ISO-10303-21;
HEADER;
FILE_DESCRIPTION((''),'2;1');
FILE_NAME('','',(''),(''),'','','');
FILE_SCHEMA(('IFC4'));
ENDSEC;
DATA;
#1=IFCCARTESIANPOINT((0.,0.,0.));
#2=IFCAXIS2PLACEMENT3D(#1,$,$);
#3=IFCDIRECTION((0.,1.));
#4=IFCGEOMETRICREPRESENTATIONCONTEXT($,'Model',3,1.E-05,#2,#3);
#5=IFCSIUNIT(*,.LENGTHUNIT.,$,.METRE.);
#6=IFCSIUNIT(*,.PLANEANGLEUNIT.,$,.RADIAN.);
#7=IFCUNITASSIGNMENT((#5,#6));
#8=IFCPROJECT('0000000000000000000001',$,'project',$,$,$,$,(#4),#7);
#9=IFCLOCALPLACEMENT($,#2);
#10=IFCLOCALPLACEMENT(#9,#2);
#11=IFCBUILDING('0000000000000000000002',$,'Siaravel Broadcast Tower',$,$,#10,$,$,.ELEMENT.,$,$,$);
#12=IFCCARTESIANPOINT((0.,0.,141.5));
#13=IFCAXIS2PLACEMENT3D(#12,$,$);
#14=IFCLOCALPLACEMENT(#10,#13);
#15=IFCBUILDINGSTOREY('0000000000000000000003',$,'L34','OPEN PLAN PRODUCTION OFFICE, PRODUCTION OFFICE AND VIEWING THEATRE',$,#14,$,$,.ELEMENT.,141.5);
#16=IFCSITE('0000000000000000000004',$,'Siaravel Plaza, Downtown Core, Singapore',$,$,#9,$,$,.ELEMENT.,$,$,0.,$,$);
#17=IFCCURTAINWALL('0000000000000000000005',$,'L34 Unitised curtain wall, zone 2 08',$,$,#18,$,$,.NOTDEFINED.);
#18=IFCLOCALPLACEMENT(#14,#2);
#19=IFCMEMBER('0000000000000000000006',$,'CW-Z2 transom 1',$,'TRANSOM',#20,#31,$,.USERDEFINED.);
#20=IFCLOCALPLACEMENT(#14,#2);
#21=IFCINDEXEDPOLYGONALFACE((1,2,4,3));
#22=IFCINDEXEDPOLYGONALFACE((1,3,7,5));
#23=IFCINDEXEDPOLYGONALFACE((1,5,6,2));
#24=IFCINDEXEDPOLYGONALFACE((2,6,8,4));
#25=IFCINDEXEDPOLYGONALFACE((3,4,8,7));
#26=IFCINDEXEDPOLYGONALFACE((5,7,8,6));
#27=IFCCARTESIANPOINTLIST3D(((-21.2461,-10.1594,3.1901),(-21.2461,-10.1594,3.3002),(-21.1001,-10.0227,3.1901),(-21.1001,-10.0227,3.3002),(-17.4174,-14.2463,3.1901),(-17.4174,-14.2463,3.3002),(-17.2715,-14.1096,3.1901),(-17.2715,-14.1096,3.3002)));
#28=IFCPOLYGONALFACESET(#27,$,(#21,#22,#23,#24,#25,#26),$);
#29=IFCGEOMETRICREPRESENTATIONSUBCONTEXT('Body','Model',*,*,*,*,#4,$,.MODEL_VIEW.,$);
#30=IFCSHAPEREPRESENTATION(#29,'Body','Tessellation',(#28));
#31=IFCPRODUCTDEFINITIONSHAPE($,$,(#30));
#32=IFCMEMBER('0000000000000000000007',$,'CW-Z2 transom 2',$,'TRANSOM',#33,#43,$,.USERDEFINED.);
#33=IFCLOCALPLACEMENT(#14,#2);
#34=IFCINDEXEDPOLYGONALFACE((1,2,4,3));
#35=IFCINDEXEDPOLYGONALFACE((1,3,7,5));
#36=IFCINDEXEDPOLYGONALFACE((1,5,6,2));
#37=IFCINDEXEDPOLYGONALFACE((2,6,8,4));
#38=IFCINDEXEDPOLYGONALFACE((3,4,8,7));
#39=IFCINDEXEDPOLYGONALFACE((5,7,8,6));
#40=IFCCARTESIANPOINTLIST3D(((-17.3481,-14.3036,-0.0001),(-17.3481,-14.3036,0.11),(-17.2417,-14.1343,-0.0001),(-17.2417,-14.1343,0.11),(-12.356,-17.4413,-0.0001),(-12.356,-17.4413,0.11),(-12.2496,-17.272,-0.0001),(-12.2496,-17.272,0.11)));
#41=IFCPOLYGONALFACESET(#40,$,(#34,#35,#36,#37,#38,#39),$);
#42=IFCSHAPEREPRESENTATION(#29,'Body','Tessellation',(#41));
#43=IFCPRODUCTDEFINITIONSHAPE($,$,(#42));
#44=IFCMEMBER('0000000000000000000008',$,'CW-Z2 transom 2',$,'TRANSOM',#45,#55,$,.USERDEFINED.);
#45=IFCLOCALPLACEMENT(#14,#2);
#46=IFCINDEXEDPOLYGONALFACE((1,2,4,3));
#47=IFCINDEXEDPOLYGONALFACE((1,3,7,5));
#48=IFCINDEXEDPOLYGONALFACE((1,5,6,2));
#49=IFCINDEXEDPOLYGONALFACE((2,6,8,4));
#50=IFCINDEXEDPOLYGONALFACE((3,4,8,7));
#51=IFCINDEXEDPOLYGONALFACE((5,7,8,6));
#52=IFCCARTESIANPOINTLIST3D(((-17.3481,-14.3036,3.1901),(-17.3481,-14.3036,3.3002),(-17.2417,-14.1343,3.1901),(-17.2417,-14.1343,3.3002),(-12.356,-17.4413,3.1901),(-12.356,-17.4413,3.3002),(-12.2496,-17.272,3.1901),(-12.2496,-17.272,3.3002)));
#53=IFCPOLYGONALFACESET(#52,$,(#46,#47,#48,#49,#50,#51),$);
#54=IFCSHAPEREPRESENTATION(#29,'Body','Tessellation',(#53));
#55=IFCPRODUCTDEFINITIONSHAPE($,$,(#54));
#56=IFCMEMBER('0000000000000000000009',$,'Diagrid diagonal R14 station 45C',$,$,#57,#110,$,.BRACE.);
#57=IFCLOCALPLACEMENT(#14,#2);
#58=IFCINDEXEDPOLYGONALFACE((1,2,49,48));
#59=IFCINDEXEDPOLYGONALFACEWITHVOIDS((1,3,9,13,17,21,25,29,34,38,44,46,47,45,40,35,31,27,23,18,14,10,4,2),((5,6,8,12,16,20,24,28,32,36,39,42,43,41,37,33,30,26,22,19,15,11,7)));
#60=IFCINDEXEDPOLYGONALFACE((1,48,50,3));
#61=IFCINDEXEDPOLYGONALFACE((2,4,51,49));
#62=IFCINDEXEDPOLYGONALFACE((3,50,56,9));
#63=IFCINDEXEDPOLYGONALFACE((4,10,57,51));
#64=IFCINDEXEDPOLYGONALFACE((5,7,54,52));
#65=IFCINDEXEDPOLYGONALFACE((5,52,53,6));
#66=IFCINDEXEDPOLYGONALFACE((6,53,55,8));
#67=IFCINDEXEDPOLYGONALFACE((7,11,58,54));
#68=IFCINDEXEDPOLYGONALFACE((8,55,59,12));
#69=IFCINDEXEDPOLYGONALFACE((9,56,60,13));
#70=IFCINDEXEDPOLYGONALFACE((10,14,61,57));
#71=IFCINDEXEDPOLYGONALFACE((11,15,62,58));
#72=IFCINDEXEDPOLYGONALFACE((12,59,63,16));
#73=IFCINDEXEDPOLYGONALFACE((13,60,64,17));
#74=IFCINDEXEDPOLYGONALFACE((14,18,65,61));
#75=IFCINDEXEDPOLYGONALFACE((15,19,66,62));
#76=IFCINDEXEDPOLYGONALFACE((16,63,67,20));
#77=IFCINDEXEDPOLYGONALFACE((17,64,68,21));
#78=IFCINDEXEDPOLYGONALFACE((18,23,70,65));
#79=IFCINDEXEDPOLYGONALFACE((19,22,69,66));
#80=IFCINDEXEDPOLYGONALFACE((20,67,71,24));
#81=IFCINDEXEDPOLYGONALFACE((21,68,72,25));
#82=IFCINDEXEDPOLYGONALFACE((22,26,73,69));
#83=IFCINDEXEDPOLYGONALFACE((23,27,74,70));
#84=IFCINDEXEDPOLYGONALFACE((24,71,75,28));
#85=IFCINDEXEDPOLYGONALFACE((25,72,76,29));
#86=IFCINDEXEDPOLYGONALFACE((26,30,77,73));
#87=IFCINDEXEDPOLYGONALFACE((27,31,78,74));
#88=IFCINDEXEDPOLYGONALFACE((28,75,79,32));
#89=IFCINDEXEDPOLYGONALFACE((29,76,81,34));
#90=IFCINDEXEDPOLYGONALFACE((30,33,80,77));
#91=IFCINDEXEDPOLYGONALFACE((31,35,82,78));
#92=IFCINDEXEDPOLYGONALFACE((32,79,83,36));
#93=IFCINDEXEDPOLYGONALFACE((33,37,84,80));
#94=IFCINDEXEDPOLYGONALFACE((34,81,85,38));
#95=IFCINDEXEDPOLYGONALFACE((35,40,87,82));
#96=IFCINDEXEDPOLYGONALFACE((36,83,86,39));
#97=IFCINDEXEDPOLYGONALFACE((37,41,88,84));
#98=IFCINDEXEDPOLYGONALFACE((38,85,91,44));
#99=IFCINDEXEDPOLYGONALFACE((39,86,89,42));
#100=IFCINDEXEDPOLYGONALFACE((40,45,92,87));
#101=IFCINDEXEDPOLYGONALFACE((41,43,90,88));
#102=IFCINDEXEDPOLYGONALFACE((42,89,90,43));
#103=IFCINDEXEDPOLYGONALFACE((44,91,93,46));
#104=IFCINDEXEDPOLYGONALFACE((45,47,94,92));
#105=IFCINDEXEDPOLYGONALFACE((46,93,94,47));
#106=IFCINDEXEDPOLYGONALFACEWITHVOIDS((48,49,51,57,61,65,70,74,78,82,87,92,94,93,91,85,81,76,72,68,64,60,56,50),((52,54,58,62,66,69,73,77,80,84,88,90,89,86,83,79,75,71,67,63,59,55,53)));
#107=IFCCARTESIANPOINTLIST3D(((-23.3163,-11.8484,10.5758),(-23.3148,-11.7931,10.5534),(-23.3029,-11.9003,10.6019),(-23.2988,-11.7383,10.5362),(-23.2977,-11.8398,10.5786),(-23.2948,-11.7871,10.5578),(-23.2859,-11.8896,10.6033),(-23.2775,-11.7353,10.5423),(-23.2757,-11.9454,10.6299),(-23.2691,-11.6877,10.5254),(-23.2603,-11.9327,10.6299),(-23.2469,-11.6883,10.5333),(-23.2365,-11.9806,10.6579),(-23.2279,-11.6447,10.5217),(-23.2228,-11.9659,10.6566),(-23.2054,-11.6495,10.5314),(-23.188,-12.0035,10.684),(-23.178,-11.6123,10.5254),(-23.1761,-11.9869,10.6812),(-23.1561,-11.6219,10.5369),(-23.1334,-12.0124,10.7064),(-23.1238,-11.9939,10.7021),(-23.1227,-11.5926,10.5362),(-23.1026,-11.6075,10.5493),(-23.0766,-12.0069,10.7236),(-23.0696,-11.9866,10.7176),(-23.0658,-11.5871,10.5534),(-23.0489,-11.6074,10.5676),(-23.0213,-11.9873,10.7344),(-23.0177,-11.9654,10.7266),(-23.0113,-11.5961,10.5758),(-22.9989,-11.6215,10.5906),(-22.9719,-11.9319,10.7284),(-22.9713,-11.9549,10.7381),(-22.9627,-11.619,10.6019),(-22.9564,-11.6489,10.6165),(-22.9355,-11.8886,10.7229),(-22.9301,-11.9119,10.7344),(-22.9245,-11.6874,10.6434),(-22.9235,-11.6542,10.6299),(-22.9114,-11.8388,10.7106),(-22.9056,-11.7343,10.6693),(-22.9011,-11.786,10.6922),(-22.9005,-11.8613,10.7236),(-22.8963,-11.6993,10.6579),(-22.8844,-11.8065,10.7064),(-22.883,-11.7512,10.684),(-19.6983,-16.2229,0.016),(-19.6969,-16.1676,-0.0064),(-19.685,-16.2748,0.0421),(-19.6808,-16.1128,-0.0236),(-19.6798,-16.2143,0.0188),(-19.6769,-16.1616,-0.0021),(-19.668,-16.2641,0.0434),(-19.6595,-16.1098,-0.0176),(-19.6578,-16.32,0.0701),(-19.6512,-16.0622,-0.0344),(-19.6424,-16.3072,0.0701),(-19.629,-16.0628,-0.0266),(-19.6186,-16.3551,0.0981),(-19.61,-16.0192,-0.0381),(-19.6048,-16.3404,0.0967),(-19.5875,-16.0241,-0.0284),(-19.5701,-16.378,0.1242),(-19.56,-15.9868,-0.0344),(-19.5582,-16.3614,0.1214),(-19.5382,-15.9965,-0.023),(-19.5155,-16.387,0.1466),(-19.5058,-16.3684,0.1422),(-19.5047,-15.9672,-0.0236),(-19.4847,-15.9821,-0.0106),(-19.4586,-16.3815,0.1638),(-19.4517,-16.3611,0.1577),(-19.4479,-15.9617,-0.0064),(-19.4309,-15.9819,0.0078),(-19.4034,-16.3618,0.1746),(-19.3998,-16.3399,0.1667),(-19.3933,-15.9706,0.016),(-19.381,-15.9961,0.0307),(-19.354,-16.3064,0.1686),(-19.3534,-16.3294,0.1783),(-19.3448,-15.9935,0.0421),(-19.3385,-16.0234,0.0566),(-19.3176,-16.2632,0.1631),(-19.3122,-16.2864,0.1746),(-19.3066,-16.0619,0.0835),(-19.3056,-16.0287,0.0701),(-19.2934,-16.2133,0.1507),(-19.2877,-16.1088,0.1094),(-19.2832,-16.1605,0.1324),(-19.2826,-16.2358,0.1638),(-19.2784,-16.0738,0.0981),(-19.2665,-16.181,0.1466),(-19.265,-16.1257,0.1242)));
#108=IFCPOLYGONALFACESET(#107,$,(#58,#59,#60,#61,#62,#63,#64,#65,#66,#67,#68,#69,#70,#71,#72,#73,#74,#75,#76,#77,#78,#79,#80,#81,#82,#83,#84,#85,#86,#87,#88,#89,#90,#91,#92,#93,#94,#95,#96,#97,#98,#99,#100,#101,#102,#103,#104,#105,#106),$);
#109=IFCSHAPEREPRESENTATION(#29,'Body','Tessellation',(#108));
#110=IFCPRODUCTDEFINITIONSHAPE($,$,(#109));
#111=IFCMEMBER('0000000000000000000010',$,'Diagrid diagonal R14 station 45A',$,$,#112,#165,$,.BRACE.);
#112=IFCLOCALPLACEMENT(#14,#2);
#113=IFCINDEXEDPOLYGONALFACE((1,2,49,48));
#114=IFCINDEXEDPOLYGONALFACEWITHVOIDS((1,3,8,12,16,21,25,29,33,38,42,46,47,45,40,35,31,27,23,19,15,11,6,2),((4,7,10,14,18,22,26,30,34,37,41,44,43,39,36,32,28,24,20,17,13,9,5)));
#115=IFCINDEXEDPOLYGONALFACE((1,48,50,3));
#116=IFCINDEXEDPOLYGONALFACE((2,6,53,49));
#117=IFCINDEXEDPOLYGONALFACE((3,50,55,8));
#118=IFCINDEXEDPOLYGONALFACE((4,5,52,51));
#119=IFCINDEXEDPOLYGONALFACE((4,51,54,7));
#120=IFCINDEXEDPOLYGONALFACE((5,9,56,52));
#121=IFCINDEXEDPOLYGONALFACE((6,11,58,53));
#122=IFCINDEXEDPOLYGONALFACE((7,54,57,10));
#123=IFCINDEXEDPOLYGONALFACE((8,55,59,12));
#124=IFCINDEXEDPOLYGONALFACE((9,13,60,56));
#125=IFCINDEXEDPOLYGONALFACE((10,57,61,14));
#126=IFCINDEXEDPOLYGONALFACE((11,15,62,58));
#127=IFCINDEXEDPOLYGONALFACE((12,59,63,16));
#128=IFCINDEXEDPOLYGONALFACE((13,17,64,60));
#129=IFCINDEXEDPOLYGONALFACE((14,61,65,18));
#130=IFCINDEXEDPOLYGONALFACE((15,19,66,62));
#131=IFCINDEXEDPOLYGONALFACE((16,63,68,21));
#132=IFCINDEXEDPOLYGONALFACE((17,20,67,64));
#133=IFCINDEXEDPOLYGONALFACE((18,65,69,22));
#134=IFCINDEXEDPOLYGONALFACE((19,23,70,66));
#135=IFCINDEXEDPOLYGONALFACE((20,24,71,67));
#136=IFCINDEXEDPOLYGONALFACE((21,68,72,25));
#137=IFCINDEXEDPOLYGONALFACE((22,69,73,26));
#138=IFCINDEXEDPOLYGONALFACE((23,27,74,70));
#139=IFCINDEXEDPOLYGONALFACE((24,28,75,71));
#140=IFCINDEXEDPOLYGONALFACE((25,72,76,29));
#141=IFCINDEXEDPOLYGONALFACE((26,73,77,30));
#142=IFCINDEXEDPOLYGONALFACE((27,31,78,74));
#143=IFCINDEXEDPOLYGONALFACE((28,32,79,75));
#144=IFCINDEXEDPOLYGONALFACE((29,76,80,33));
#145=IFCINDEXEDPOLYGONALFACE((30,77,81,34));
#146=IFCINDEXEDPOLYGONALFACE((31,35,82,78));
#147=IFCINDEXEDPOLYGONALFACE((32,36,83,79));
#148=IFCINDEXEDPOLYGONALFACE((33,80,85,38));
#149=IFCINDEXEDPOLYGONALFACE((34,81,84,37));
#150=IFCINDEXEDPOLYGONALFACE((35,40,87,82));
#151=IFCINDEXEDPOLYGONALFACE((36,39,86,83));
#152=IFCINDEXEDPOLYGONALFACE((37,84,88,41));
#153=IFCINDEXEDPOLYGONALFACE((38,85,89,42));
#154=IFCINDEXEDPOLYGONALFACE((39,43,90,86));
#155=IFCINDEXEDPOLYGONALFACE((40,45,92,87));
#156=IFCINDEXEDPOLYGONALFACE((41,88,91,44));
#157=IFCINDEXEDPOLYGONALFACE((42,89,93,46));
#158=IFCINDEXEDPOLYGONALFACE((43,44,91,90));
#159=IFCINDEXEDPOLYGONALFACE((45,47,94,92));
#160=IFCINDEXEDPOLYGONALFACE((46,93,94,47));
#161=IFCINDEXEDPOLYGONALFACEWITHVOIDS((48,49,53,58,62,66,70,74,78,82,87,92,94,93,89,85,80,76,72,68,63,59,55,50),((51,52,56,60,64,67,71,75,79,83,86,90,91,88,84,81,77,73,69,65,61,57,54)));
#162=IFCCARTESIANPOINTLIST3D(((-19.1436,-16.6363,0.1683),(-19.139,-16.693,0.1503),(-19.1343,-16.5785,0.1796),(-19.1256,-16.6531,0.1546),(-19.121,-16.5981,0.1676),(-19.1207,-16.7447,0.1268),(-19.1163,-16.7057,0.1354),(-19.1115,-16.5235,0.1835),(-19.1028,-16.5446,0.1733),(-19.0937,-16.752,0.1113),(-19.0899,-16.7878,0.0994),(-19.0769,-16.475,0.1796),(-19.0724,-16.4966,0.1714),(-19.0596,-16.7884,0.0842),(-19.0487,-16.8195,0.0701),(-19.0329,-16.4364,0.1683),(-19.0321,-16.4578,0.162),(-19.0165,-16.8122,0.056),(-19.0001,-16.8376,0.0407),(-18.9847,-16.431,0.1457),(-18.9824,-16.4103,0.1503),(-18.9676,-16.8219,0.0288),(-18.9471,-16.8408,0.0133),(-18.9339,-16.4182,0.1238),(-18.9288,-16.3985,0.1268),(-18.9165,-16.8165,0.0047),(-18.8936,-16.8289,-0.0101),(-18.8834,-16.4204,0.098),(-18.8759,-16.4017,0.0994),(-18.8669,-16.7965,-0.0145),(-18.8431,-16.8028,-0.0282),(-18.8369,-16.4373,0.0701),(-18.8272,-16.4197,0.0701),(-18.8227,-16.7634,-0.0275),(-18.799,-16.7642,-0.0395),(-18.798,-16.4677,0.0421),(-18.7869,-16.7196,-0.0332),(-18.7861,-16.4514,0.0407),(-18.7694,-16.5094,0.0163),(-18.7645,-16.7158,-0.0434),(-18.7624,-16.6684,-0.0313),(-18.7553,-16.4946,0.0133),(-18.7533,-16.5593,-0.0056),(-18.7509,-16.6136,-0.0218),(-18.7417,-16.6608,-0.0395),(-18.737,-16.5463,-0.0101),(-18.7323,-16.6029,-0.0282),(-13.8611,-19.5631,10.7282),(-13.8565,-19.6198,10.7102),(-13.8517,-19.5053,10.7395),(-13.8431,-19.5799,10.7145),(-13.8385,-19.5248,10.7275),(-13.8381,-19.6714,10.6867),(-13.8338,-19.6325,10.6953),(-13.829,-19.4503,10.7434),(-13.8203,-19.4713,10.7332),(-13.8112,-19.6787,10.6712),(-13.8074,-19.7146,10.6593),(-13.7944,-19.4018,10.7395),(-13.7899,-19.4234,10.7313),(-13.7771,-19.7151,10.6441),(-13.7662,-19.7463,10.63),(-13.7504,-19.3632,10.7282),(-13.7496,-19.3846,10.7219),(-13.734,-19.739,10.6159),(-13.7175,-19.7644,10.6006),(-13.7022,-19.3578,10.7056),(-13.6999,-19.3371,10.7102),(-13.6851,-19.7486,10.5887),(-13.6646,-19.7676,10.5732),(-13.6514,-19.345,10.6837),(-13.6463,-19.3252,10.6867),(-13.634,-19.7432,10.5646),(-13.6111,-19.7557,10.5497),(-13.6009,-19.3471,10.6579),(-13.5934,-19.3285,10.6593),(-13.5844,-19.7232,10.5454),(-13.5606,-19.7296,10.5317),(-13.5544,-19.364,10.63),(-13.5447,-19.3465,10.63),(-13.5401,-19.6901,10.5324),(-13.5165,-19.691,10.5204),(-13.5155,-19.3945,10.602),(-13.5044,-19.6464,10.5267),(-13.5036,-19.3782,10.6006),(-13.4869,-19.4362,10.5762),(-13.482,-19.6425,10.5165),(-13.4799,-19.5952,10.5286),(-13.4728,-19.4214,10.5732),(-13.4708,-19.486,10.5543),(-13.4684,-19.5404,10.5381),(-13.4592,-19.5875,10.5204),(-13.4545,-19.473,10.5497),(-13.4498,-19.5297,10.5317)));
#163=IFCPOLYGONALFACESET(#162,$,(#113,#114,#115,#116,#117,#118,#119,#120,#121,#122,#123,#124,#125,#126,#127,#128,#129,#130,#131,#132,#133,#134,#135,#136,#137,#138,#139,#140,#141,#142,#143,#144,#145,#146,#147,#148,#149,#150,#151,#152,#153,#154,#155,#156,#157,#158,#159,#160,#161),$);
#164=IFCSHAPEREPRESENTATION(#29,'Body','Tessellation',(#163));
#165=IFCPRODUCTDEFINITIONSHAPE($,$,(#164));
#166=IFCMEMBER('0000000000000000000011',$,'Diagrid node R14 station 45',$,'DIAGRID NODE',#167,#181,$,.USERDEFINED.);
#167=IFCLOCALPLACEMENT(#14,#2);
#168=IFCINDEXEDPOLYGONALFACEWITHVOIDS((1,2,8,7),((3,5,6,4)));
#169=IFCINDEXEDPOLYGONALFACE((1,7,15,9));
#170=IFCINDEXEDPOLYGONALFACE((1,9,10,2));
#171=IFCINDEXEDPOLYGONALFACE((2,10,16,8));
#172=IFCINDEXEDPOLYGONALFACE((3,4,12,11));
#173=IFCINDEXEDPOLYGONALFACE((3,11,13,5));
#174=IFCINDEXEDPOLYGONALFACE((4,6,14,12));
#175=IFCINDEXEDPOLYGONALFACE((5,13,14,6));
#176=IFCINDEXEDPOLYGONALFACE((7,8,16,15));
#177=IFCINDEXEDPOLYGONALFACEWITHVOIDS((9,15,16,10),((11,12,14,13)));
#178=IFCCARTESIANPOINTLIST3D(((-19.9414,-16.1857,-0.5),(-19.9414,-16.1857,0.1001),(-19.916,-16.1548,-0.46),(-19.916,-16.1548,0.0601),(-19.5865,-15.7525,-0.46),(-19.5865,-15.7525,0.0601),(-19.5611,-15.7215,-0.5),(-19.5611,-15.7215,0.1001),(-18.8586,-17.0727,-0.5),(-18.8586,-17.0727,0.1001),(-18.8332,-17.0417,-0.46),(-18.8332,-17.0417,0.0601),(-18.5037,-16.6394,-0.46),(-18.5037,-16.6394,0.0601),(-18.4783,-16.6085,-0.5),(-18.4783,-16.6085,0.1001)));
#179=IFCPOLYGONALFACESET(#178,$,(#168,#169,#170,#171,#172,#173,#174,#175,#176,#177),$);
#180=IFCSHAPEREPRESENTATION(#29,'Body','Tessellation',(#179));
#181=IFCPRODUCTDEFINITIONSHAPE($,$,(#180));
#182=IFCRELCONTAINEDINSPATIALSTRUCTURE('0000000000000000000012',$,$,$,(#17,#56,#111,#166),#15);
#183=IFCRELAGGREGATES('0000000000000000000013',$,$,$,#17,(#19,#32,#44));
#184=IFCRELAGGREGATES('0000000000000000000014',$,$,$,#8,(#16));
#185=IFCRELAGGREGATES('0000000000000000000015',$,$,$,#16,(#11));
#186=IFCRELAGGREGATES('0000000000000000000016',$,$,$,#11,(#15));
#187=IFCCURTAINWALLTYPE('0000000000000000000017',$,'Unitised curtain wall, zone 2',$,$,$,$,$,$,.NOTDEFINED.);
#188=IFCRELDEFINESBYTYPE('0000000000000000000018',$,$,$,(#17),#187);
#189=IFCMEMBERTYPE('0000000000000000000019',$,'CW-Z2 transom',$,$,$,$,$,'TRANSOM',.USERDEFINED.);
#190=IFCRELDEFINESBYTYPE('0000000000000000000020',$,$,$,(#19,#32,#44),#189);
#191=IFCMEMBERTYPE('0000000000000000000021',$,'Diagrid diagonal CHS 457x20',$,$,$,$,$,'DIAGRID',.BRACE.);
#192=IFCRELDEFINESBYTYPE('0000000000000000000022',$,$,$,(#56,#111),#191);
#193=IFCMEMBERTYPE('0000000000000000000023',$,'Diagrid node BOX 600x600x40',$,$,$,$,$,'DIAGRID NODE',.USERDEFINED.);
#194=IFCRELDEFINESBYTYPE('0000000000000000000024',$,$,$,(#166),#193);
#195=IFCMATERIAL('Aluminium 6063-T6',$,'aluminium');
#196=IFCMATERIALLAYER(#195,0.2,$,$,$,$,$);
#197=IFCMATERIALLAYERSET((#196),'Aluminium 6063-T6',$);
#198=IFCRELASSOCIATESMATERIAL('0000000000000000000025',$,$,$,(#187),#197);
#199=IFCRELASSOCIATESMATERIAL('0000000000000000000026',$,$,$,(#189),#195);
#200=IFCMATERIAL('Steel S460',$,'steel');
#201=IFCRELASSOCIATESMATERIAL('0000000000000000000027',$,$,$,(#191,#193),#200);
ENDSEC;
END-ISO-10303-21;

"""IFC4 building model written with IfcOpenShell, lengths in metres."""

from ifc_helpers import new_model, si_unit, direction, frame, origin, origin_2d, place, context, subcontext, project, spatial, rectangle, hollow_rectangle, hollow_circle, extrude, material, layer, layer_set, material_profile, profile_set, type_object, element, aggregate, save


model = new_model("IFC4")

# Units and contexts
model_context = context("Model", 3, precision=1e-05, world=origin(), true_north=direction((0.0, 1.0)))
body_context = subcontext(model_context, "Body", "Model", "MODEL_VIEW")
ifc_project = project(units=[si_unit("LENGTHUNIT", "METRE"), si_unit("PLANEANGLEUNIT", "RADIAN")], contexts=[model_context])

# Site, building, storey
site_placement = place(None, origin())
site = spatial("IfcSite", under=ifc_project, at=site_placement, Name="Siaravel Plaza, Downtown Core, Singapore", CompositionType="ELEMENT", RefElevation=0.0)
building_placement = place(site_placement, origin())
building = spatial("IfcBuilding", under=site, at=building_placement, Name="Siaravel Broadcast Tower", CompositionType="ELEMENT")
storey_placement = place(building_placement, frame((0.0, 0.0, 141.5)))
storey = spatial("IfcBuildingStorey", under=building, at=storey_placement, Name="L34", Description="OPEN PLAN PRODUCTION OFFICE, PRODUCTION OFFICE AND VIEWING THEATRE", CompositionType="ELEMENT", Elevation=141.5)

# Shared definitions
ifc_material_1 = material(Name="Aluminium 6063-T6", Category="aluminium")
ifc_layer_1 = layer(ifc_material_1, 0.2)
ifc_layer_set_1 = layer_set([ifc_layer_1], Name="Aluminium 6063-T6")
curtain_wall_type = type_object("IfcCurtainWallType", Name="Unitised curtain wall, zone 2", PredefinedType="NOTDEFINED", material=ifc_layer_set_1)

# Curtain wall, members
curtain_wall_1_placement = place(storey_placement, origin())
curtain_wall_1 = element("IfcCurtainWall", 1, at=curtain_wall_1_placement, inside=storey, type_object=curtain_wall_type, Name="L34 Unitised curtain wall, zone 2 08", PredefinedType="NOTDEFINED")
ifc_material_profile_1 = material_profile(ifc_material_1, rectangle(XDim=0.2, YDim=0.1101, at=origin_2d()))
ifc_profile_set_1 = profile_set([ifc_material_profile_1], Name="Aluminium 6063-T6")
member_type_1 = type_object("IfcMemberType", Name="CW-Z2 transom", ElementType="TRANSOM", PredefinedType="USERDEFINED", material=ifc_profile_set_1)
member_1_placement = place(storey_placement, frame((-21.1731, -10.0911, 3.2451), z_axis=(0.683668, -0.729793, 0.0), x_axis=(0.729793, 0.683668, 0.0)))
member_1 = element("IfcMember", 2, at=member_1_placement, type_object=member_type_1, Name="CW-Z2 transom 1", ObjectType="TRANSOM", PredefinedType="USERDEFINED", context=body_context, shape_type="SweptSolid", body=[
    extrude(rectangle(XDim=0.2, YDim=0.1101, at=origin_2d()), origin(), (0.0, 0.0, 1.0), 5.6001),
])
member_2_placement = place(storey_placement, frame((-17.2949, -14.219, 0.0549), z_axis=(0.846656, -0.532141, 0.0), x_axis=(0.532141, 0.846656, 0.0)))
member_2 = element("IfcMember", 3, at=member_2_placement, type_object=member_type_1, Name="CW-Z2 transom 2", ObjectType="TRANSOM", PredefinedType="USERDEFINED", context=body_context, shape_type="SweptSolid", body=[
    extrude(rectangle(XDim=0.2, YDim=0.1101, at=origin_2d()), origin(), (0.0, 0.0, 1.0), 5.8962),
])
member_3_placement = place(storey_placement, frame((-17.2949, -14.219, 3.2451), z_axis=(0.846656, -0.532141, 0.0), x_axis=(0.532141, 0.846656, 0.0)))
member_3 = element("IfcMember", 4, at=member_3_placement, type_object=member_type_1, Name="CW-Z2 transom 2", ObjectType="TRANSOM", PredefinedType="USERDEFINED", context=body_context, shape_type="SweptSolid", body=[
    extrude(rectangle(XDim=0.2, YDim=0.1101, at=origin_2d()), origin(), (0.0, 0.0, 1.0), 5.8962),
])

# Members
ifc_material_2 = material(Name="Steel S460", Category="steel")
ifc_material_profile_2 = material_profile(ifc_material_2, hollow_circle(Radius=0.2285, WallThickness=0.02, at=origin_2d()))
ifc_profile_set_2 = profile_set([ifc_material_profile_2], Name="Steel S460")
member_type_2 = type_object("IfcMemberType", Name="Diagrid diagonal CHS 457x20", ElementType="DIAGRID", PredefinedType="BRACE", material=ifc_profile_set_2)
member_4_placement = place(storey_placement, frame((-19.4817, -16.1743, 0.0701), z_axis=(-0.301771, 0.364878, 0.880794), x_axis=(-0.770599, -0.63732, 0.0)))
element("IfcMember", 5, at=member_4_placement, inside=storey, type_object=member_type_2, Name="Diagrid diagonal R14 station 45C", PredefinedType="BRACE", context=body_context, shape_type="SweptSolid", body=[
    extrude(hollow_circle(Radius=0.2285, WallThickness=0.02, at=origin_2d()), origin(), (0.0, 0.0, 1.0), 11.989),
])
member_5_placement = place(storey_placement, frame((-18.938, -16.6196, 0.0701), z_axis=(0.434246, -0.240594, 0.86807), x_axis=(0.484637, 0.874715, 0.0)))
element("IfcMember", 6, at=member_5_placement, inside=storey, type_object=member_type_2, Name="Diagrid diagonal R14 station 45A", PredefinedType="BRACE", context=body_context, shape_type="SweptSolid", body=[
    extrude(hollow_circle(Radius=0.2285, WallThickness=0.02, at=origin_2d()), origin(), (0.0, 0.0, 1.0), 12.1648),
])
ifc_material_profile_3 = material_profile(ifc_material_2, hollow_rectangle(XDim=0.6001, YDim=0.6001, WallThickness=0.04, at=origin_2d()))
ifc_profile_set_3 = profile_set([ifc_material_profile_3], Name="Steel S460")
member_type_3 = type_object("IfcMemberType", Name="Diagrid node BOX 600x600x40", ElementType="DIAGRID NODE", PredefinedType="USERDEFINED", material=ifc_profile_set_3)
member_6_placement = place(storey_placement, frame((-19.7512, -15.9536, -0.2), z_axis=(0.773584, -0.633694, 0.0), x_axis=(0.633694, 0.773584, 0.0)))
element("IfcMember", 7, at=member_6_placement, inside=storey, type_object=member_type_3, Name="Diagrid node R14 station 45", ObjectType="DIAGRID NODE", PredefinedType="USERDEFINED", context=body_context, shape_type="SweptSolid", body=[
    extrude(hollow_rectangle(XDim=0.6001, YDim=0.6001, WallThickness=0.04, at=origin_2d()), origin(), (0.0, 0.0, 1.0), 1.3997),
])

aggregate(curtain_wall_1, [member_1, member_2, member_3])

save(model, "model.ifc")
